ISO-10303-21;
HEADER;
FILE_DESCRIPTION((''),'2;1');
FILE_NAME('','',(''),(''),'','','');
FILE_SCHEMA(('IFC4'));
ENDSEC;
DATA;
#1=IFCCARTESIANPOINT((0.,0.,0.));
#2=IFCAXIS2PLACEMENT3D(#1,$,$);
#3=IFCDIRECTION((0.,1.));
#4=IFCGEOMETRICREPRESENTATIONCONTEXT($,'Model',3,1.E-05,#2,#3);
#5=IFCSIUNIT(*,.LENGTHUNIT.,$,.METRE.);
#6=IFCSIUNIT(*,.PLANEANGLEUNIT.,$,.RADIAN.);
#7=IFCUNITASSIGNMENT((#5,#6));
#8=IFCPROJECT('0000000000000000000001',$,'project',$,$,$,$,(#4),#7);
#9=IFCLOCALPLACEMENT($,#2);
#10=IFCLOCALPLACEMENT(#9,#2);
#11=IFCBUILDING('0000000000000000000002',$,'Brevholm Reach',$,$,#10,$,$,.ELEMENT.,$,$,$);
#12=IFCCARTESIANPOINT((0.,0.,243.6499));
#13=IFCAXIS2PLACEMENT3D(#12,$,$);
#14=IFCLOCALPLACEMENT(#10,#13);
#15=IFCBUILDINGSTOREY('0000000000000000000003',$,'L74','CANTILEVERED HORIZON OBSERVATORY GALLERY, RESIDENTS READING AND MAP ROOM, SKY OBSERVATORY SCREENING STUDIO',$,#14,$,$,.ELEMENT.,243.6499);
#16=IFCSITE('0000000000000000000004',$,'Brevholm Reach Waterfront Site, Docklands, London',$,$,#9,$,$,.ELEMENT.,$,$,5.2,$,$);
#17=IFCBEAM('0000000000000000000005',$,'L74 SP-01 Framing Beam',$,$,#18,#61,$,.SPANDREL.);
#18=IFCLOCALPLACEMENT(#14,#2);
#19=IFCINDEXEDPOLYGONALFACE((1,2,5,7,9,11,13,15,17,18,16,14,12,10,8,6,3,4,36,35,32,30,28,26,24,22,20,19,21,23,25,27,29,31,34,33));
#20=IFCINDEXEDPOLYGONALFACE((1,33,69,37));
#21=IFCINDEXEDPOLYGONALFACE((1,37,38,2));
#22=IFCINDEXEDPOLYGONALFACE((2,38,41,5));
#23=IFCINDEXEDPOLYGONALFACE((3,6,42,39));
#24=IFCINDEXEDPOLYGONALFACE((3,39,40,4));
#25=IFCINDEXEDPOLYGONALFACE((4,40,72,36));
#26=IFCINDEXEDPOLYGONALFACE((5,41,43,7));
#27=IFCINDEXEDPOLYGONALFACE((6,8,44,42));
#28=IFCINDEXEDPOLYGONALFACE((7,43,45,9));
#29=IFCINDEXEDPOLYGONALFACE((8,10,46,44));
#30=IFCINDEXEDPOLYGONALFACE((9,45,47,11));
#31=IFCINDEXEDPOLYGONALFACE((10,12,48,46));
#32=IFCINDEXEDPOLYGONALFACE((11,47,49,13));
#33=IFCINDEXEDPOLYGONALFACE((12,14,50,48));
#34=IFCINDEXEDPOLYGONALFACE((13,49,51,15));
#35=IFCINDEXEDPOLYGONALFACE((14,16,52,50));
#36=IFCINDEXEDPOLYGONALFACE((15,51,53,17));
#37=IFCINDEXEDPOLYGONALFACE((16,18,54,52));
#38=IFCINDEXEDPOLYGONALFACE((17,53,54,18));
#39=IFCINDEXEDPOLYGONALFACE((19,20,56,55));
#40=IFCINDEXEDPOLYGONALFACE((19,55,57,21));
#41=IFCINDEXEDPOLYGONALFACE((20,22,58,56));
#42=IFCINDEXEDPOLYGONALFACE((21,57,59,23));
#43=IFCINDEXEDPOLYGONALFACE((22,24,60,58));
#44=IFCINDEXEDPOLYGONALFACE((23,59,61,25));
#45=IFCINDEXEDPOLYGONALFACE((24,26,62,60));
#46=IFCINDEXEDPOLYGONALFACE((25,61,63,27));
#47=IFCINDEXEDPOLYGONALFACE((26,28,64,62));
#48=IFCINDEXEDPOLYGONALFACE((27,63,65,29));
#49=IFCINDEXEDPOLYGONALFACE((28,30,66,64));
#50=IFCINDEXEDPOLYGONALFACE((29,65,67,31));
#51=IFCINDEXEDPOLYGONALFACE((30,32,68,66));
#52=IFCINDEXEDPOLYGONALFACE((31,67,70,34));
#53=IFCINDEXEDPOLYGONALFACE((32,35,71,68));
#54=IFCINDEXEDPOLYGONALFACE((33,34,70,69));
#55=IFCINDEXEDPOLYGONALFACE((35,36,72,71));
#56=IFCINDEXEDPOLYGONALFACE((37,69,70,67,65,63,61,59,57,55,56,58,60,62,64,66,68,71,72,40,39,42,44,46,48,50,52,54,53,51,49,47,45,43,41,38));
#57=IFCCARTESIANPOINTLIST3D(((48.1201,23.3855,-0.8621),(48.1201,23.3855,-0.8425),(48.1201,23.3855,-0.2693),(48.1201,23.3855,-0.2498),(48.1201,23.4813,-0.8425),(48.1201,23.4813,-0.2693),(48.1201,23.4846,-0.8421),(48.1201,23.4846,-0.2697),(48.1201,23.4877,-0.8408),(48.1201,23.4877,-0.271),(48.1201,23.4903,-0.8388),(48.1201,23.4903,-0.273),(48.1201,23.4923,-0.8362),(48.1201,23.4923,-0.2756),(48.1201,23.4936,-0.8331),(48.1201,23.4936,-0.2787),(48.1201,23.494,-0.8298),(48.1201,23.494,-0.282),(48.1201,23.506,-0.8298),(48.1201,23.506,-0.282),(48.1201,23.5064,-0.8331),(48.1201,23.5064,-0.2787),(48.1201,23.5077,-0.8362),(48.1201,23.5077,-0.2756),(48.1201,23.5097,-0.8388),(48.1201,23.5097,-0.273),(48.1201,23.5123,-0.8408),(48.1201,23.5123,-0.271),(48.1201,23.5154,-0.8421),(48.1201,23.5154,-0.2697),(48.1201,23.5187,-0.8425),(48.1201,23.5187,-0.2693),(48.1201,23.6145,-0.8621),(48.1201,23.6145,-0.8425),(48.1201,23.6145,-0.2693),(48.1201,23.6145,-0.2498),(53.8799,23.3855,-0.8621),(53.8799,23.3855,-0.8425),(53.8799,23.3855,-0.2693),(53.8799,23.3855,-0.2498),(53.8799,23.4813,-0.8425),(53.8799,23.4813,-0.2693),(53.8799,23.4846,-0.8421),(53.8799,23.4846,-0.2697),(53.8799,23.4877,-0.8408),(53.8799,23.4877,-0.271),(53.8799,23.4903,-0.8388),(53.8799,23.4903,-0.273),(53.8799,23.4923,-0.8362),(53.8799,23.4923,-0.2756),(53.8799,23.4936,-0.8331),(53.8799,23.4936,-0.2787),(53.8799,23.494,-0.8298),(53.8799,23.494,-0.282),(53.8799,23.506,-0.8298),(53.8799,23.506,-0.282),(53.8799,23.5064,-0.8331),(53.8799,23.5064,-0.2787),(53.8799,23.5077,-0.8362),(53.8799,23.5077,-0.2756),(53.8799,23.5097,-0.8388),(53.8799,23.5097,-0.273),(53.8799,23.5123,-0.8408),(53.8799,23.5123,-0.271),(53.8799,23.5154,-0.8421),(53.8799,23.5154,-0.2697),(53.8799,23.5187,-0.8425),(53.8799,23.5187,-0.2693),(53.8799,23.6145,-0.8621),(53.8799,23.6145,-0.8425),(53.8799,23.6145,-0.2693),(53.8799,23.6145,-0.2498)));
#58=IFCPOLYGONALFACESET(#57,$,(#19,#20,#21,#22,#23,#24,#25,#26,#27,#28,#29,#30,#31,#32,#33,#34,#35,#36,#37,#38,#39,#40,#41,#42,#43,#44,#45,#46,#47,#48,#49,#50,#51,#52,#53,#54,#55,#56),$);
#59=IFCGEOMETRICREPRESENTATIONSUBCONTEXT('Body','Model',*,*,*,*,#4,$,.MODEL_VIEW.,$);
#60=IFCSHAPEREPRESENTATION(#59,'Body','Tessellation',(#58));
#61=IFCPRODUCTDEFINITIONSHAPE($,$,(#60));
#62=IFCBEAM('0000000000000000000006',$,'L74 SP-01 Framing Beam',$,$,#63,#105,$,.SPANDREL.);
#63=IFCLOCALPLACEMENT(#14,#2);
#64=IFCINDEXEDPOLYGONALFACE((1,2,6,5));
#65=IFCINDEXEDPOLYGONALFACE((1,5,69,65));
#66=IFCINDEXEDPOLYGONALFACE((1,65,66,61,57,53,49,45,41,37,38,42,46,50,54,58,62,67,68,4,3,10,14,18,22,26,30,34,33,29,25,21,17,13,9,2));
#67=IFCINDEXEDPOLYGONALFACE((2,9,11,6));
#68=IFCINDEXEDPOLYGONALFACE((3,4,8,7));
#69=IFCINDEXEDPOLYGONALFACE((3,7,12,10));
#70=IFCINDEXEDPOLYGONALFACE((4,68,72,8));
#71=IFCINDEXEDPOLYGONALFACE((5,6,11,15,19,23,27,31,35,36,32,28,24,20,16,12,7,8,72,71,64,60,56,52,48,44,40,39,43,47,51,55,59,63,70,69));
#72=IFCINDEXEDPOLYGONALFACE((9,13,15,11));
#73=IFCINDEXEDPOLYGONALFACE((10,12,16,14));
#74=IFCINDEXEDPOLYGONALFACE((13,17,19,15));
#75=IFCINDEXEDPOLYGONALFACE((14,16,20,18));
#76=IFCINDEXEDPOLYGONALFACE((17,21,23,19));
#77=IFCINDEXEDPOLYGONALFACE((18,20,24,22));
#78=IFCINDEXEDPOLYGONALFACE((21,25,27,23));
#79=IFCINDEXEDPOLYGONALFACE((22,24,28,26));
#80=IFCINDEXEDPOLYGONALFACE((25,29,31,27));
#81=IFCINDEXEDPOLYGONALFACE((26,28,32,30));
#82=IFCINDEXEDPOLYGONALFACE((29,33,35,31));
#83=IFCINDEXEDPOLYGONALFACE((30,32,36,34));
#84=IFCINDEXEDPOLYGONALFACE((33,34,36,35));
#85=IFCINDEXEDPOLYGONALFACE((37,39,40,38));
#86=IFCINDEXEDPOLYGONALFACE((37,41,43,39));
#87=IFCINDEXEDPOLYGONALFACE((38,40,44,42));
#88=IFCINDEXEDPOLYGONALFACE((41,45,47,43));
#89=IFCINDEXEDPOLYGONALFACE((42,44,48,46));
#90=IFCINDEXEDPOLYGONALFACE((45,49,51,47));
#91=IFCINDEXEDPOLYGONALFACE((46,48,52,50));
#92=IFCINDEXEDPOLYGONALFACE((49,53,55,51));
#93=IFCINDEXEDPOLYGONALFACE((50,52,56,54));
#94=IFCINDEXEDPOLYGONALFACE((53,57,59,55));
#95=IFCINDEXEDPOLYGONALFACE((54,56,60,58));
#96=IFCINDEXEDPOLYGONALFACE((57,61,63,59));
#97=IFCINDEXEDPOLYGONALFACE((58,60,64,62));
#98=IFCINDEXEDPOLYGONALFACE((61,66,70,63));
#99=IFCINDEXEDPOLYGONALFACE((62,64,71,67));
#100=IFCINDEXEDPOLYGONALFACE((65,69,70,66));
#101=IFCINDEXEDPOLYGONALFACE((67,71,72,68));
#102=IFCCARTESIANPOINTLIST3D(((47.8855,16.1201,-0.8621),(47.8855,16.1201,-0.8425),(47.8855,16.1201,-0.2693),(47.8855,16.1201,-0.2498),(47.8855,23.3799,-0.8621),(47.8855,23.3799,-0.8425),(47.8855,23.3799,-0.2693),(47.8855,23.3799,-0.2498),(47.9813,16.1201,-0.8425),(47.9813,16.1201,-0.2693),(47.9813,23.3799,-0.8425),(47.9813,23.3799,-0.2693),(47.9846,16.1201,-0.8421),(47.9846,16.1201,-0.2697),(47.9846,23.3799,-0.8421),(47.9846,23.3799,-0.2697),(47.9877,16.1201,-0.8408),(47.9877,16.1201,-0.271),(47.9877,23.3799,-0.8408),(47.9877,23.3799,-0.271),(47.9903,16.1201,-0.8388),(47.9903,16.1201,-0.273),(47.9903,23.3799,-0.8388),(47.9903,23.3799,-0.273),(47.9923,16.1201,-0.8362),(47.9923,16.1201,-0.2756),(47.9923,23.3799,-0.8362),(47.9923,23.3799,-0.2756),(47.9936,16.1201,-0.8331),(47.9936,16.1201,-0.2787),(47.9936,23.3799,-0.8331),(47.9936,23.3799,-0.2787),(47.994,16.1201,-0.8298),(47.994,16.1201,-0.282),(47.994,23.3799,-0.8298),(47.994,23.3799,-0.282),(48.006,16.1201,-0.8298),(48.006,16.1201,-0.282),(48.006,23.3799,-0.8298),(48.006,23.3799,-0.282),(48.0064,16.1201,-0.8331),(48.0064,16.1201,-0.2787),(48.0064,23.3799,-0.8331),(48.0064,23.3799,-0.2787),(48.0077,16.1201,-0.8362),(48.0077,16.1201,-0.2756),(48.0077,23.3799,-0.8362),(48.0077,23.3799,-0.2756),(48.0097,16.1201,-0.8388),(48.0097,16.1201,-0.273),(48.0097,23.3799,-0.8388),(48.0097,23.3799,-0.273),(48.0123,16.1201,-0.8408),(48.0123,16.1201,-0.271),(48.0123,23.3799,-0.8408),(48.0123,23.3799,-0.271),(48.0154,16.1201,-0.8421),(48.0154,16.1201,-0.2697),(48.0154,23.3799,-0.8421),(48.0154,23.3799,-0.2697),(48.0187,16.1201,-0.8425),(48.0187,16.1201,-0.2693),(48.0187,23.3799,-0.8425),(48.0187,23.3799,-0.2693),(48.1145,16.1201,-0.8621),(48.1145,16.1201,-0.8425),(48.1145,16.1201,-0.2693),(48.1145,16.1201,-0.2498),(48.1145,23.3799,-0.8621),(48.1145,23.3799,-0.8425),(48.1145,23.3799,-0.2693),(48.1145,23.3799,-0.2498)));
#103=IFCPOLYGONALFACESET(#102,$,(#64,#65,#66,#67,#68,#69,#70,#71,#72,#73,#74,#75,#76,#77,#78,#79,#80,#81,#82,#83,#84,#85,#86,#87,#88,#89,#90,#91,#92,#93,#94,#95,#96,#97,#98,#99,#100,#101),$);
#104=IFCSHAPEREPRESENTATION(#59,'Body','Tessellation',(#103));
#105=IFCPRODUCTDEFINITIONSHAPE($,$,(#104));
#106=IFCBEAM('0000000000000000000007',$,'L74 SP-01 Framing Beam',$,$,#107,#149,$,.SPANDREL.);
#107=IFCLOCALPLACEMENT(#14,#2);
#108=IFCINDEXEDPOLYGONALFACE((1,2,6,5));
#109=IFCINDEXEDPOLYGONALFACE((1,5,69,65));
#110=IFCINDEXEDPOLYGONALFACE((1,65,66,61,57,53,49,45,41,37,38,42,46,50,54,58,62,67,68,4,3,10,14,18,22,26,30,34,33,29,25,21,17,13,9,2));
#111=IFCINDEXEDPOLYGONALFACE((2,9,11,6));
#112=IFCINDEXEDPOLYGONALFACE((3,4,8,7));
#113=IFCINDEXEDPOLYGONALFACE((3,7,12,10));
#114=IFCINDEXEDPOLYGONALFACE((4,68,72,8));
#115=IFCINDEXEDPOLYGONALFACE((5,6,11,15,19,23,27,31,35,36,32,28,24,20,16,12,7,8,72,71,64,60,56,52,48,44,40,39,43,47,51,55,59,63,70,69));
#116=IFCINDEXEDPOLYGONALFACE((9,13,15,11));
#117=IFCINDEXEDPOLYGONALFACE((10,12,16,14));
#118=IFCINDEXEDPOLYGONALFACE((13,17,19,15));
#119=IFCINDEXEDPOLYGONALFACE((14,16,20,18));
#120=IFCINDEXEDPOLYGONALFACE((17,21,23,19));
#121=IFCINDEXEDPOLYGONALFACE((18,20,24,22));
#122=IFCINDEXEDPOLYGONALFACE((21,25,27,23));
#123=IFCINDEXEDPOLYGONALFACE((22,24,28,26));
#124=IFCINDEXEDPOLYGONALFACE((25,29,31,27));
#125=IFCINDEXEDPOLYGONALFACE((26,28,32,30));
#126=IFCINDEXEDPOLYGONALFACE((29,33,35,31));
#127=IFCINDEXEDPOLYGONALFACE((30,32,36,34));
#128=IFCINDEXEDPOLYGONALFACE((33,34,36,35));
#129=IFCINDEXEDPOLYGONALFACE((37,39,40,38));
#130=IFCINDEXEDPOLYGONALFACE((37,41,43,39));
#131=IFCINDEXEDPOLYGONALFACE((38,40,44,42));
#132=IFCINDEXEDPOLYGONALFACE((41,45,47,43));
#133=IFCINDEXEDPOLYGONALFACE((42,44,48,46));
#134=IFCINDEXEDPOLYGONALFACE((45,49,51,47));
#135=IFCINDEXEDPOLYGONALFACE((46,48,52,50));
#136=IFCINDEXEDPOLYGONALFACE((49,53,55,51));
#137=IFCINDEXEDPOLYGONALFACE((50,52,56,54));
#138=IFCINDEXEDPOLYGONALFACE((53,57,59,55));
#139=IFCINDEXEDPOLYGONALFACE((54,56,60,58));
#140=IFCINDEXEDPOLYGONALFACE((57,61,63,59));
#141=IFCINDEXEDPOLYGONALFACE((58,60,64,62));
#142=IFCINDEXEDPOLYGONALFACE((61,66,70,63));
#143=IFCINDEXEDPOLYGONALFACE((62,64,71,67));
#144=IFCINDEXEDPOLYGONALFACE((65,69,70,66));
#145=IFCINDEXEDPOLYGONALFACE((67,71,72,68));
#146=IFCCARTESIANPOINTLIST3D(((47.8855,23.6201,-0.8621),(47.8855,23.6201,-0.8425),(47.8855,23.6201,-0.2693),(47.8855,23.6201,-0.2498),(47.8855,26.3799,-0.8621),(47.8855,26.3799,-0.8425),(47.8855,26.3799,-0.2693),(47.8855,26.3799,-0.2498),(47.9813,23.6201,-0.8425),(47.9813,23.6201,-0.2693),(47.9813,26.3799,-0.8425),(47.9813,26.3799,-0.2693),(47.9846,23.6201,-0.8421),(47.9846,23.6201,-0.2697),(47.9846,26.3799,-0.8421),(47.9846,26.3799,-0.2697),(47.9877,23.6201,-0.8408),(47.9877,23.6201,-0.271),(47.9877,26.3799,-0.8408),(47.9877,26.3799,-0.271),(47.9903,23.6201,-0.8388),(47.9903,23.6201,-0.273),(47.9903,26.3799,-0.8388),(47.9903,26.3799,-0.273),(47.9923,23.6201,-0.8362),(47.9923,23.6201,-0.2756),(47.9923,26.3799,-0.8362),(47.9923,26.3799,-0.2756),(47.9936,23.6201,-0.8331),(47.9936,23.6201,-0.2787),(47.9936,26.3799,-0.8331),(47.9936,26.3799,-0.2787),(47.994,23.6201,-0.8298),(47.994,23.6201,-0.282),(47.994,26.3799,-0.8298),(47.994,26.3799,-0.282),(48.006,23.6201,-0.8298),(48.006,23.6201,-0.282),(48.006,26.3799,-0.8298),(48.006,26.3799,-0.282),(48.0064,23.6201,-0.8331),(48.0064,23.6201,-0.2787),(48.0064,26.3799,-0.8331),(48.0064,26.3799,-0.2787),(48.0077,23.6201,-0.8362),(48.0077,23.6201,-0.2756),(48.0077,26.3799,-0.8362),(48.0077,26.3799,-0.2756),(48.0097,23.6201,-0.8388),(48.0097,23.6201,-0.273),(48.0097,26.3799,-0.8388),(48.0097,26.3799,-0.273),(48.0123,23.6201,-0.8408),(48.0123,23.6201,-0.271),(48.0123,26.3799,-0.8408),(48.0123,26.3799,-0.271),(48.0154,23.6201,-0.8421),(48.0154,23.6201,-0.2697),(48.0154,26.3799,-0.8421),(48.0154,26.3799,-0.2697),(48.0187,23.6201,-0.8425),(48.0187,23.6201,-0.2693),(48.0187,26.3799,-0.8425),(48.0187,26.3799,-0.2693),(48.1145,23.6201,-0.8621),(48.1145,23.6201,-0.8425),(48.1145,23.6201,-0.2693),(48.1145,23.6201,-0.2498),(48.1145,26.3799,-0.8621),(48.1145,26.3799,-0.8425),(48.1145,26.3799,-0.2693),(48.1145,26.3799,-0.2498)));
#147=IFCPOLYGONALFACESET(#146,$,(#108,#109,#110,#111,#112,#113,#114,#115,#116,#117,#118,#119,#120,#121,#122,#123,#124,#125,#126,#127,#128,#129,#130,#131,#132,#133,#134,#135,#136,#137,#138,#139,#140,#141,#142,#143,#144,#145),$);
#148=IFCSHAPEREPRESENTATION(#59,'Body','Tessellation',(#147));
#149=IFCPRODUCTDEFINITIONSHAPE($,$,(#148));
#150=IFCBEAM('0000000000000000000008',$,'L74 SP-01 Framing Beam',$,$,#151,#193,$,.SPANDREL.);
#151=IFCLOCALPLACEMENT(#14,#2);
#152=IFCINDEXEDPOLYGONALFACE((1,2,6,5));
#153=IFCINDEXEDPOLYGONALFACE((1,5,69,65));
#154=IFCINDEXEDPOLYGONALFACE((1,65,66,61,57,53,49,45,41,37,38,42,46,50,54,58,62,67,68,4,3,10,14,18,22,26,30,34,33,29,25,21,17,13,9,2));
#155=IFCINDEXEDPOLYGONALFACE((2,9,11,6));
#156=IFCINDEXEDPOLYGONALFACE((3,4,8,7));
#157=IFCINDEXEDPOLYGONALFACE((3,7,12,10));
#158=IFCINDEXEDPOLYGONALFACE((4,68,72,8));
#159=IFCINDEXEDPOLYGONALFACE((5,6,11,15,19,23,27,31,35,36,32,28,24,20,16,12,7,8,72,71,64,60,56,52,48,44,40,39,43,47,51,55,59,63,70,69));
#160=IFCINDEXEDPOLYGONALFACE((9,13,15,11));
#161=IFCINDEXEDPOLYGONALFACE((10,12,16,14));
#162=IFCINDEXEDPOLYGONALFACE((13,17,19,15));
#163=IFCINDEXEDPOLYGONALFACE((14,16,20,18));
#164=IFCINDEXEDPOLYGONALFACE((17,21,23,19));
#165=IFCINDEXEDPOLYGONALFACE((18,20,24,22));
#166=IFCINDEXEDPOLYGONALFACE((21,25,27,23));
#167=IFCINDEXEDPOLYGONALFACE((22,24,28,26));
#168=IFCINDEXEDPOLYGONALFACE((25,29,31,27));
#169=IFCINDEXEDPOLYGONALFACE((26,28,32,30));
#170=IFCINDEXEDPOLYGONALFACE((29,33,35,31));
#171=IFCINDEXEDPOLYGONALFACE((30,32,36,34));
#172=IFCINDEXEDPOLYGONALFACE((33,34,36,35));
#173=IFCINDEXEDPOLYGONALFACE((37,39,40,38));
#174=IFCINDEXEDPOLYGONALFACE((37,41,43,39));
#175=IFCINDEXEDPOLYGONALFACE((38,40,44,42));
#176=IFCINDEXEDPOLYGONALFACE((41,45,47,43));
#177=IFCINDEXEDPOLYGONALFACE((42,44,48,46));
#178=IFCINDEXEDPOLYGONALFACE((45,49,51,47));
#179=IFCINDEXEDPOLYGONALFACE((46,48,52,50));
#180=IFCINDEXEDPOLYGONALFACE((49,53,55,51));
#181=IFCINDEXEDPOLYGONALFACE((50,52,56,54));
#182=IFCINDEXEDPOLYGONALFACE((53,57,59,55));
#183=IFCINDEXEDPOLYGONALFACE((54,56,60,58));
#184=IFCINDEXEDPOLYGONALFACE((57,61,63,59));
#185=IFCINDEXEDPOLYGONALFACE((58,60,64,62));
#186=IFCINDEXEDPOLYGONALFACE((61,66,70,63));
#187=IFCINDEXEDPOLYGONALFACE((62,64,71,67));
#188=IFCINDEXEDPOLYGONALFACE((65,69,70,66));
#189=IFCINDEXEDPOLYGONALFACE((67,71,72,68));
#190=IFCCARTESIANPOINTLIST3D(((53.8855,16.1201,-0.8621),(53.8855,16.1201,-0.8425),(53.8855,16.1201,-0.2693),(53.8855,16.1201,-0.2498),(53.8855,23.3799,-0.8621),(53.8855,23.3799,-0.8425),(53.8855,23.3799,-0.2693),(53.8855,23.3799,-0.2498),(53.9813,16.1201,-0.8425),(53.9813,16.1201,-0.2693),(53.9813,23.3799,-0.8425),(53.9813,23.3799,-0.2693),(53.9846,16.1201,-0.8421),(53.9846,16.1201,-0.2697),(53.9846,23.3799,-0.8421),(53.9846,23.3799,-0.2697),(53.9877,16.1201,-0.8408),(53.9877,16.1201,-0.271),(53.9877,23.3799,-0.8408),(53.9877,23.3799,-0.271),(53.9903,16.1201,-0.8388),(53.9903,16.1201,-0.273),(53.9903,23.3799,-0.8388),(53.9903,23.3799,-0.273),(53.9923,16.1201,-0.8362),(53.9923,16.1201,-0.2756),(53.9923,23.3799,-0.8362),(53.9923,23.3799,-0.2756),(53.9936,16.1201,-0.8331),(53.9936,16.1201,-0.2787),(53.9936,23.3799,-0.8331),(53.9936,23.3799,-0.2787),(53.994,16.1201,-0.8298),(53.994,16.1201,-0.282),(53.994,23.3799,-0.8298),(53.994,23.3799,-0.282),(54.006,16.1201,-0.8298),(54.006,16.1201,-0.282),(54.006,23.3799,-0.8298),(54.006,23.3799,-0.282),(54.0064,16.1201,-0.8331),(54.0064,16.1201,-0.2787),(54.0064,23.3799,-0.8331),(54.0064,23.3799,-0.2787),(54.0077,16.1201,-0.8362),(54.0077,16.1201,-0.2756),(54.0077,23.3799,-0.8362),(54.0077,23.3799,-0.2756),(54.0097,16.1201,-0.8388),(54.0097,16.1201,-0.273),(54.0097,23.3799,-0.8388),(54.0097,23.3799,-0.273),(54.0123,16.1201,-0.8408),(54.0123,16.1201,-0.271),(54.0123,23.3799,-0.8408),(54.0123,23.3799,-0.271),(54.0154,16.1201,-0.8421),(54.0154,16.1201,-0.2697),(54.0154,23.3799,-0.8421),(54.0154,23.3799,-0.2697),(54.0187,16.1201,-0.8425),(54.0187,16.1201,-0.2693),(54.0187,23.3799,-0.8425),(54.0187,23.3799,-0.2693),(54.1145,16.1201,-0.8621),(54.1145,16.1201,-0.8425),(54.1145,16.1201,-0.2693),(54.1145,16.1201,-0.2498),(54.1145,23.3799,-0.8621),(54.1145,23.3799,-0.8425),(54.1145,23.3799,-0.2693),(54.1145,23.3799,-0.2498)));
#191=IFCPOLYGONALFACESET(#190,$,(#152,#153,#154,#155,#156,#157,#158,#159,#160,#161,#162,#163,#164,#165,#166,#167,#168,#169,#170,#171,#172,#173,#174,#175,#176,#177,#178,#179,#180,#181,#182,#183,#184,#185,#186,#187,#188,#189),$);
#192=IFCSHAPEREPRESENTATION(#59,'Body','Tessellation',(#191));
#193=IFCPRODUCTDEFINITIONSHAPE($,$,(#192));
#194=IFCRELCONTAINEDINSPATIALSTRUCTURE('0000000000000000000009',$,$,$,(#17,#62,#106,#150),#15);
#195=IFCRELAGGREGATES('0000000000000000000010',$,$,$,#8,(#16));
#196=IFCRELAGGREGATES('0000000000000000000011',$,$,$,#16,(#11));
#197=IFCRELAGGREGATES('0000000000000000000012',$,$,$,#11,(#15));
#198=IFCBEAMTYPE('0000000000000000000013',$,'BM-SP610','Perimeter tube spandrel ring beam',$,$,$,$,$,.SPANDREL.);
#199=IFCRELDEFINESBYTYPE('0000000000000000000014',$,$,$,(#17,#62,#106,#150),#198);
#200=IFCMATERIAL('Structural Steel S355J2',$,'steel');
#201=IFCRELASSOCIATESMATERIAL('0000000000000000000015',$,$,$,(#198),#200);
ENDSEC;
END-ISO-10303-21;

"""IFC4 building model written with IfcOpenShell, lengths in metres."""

from ifc_helpers import new_model, si_unit, direction, frame, origin, origin_2d, place, context, subcontext, project, spatial, i_section, extrude, material, material_profile, profile_set, type_object, element, save


model = new_model("IFC4")

# Units and contexts
model_context = context("Model", 3, precision=1e-05, world=origin(), true_north=direction((0.0, 1.0)))
body_context = subcontext(model_context, "Body", "Model", "MODEL_VIEW")
ifc_project = project(units=[si_unit("LENGTHUNIT", "METRE"), si_unit("PLANEANGLEUNIT", "RADIAN")], contexts=[model_context])

# Site, building, storey
site_placement = place(None, origin())
site = spatial("IfcSite", under=ifc_project, at=site_placement, Name="Brevholm Reach Waterfront Site, Docklands, London", CompositionType="ELEMENT", RefElevation=5.2)
building_placement = place(site_placement, origin())
building = spatial("IfcBuilding", under=site, at=building_placement, Name="Brevholm Reach", CompositionType="ELEMENT")
storey_placement = place(building_placement, frame((0.0, 0.0, 243.6499)))
storey = spatial("IfcBuildingStorey", under=building, at=storey_placement, Name="L74", Description="CANTILEVERED HORIZON OBSERVATORY GALLERY, RESIDENTS READING AND MAP ROOM, SKY OBSERVATORY SCREENING STUDIO", CompositionType="ELEMENT", Elevation=243.6499)

# Beams
ifc_material_1 = material(Name="Structural Steel S355J2", Category="steel")
ifc_material_profile_1 = material_profile(ifc_material_1, i_section(OverallWidth=0.229, OverallDepth=0.6123, WebThickness=0.012, FlangeThickness=0.0195, FilletRadius=0.0127, at=origin_2d()), Name="UKB 610x229x125")
ifc_profile_set_1 = profile_set([ifc_material_profile_1], Name="Structural Steel S355J2")
beam_type_1 = type_object("IfcBeamType", Name="BM-SP610", Description="Perimeter tube spandrel ring beam", PredefinedType="SPANDREL", material=ifc_profile_set_1)
for number, where, z_axis, x_axis, name in (
    (1, (48.1201, 23.5, -0.5559), (1.0, 0.0, 0.0), (0.0, 1.0, 0.0), "L74 SP-01 Framing Beam"),
):
    element("IfcBeam", number, at=place(storey_placement, frame(where, z_axis=z_axis, x_axis=x_axis)), inside=storey, type_object=beam_type_1, Name=name, PredefinedType="SPANDREL", context=body_context, shape_type="SweptSolid", body=[
        extrude(i_section(OverallWidth=0.229, OverallDepth=0.6123, WebThickness=0.012, FlangeThickness=0.0195, FilletRadius=0.0127, at=origin_2d()), origin(), (0.0, 0.0, 1.0), 5.7598),
    ])
beam_1_placement = place(storey_placement, frame((48.0, 16.1201, -0.5559), z_axis=(0.0, 1.0, 0.0), x_axis=(-1.0, 0.0, 0.0)))
element("IfcBeam", 2, at=beam_1_placement, inside=storey, type_object=beam_type_1, Name="L74 SP-01 Framing Beam", PredefinedType="SPANDREL", context=body_context, shape_type="SweptSolid", body=[
    extrude(i_section(OverallWidth=0.229, OverallDepth=0.6123, WebThickness=0.012, FlangeThickness=0.0195, FilletRadius=0.0127, at=origin_2d()), origin(), (0.0, 0.0, 1.0), 7.2598),
])
beam_2_placement = place(storey_placement, frame((48.0, 23.6201, -0.5559), z_axis=(0.0, 1.0, 0.0), x_axis=(-1.0, 0.0, 0.0)))
element("IfcBeam", 3, at=beam_2_placement, inside=storey, type_object=beam_type_1, Name="L74 SP-01 Framing Beam", PredefinedType="SPANDREL", context=body_context, shape_type="SweptSolid", body=[
    extrude(i_section(OverallWidth=0.229, OverallDepth=0.6123, WebThickness=0.012, FlangeThickness=0.0195, FilletRadius=0.0127, at=origin_2d()), origin(), (0.0, 0.0, 1.0), 2.7598),
])
beam_3_placement = place(storey_placement, frame((54.0, 16.1201, -0.5559), z_axis=(0.0, 1.0, 0.0), x_axis=(-1.0, 0.0, 0.0)))
element("IfcBeam", 4, at=beam_3_placement, inside=storey, type_object=beam_type_1, Name="L74 SP-01 Framing Beam", PredefinedType="SPANDREL", context=body_context, shape_type="SweptSolid", body=[
    extrude(i_section(OverallWidth=0.229, OverallDepth=0.6123, WebThickness=0.012, FlangeThickness=0.0195, FilletRadius=0.0127, at=origin_2d()), origin(), (0.0, 0.0, 1.0), 7.2598),
])

save(model, "model.ifc")
